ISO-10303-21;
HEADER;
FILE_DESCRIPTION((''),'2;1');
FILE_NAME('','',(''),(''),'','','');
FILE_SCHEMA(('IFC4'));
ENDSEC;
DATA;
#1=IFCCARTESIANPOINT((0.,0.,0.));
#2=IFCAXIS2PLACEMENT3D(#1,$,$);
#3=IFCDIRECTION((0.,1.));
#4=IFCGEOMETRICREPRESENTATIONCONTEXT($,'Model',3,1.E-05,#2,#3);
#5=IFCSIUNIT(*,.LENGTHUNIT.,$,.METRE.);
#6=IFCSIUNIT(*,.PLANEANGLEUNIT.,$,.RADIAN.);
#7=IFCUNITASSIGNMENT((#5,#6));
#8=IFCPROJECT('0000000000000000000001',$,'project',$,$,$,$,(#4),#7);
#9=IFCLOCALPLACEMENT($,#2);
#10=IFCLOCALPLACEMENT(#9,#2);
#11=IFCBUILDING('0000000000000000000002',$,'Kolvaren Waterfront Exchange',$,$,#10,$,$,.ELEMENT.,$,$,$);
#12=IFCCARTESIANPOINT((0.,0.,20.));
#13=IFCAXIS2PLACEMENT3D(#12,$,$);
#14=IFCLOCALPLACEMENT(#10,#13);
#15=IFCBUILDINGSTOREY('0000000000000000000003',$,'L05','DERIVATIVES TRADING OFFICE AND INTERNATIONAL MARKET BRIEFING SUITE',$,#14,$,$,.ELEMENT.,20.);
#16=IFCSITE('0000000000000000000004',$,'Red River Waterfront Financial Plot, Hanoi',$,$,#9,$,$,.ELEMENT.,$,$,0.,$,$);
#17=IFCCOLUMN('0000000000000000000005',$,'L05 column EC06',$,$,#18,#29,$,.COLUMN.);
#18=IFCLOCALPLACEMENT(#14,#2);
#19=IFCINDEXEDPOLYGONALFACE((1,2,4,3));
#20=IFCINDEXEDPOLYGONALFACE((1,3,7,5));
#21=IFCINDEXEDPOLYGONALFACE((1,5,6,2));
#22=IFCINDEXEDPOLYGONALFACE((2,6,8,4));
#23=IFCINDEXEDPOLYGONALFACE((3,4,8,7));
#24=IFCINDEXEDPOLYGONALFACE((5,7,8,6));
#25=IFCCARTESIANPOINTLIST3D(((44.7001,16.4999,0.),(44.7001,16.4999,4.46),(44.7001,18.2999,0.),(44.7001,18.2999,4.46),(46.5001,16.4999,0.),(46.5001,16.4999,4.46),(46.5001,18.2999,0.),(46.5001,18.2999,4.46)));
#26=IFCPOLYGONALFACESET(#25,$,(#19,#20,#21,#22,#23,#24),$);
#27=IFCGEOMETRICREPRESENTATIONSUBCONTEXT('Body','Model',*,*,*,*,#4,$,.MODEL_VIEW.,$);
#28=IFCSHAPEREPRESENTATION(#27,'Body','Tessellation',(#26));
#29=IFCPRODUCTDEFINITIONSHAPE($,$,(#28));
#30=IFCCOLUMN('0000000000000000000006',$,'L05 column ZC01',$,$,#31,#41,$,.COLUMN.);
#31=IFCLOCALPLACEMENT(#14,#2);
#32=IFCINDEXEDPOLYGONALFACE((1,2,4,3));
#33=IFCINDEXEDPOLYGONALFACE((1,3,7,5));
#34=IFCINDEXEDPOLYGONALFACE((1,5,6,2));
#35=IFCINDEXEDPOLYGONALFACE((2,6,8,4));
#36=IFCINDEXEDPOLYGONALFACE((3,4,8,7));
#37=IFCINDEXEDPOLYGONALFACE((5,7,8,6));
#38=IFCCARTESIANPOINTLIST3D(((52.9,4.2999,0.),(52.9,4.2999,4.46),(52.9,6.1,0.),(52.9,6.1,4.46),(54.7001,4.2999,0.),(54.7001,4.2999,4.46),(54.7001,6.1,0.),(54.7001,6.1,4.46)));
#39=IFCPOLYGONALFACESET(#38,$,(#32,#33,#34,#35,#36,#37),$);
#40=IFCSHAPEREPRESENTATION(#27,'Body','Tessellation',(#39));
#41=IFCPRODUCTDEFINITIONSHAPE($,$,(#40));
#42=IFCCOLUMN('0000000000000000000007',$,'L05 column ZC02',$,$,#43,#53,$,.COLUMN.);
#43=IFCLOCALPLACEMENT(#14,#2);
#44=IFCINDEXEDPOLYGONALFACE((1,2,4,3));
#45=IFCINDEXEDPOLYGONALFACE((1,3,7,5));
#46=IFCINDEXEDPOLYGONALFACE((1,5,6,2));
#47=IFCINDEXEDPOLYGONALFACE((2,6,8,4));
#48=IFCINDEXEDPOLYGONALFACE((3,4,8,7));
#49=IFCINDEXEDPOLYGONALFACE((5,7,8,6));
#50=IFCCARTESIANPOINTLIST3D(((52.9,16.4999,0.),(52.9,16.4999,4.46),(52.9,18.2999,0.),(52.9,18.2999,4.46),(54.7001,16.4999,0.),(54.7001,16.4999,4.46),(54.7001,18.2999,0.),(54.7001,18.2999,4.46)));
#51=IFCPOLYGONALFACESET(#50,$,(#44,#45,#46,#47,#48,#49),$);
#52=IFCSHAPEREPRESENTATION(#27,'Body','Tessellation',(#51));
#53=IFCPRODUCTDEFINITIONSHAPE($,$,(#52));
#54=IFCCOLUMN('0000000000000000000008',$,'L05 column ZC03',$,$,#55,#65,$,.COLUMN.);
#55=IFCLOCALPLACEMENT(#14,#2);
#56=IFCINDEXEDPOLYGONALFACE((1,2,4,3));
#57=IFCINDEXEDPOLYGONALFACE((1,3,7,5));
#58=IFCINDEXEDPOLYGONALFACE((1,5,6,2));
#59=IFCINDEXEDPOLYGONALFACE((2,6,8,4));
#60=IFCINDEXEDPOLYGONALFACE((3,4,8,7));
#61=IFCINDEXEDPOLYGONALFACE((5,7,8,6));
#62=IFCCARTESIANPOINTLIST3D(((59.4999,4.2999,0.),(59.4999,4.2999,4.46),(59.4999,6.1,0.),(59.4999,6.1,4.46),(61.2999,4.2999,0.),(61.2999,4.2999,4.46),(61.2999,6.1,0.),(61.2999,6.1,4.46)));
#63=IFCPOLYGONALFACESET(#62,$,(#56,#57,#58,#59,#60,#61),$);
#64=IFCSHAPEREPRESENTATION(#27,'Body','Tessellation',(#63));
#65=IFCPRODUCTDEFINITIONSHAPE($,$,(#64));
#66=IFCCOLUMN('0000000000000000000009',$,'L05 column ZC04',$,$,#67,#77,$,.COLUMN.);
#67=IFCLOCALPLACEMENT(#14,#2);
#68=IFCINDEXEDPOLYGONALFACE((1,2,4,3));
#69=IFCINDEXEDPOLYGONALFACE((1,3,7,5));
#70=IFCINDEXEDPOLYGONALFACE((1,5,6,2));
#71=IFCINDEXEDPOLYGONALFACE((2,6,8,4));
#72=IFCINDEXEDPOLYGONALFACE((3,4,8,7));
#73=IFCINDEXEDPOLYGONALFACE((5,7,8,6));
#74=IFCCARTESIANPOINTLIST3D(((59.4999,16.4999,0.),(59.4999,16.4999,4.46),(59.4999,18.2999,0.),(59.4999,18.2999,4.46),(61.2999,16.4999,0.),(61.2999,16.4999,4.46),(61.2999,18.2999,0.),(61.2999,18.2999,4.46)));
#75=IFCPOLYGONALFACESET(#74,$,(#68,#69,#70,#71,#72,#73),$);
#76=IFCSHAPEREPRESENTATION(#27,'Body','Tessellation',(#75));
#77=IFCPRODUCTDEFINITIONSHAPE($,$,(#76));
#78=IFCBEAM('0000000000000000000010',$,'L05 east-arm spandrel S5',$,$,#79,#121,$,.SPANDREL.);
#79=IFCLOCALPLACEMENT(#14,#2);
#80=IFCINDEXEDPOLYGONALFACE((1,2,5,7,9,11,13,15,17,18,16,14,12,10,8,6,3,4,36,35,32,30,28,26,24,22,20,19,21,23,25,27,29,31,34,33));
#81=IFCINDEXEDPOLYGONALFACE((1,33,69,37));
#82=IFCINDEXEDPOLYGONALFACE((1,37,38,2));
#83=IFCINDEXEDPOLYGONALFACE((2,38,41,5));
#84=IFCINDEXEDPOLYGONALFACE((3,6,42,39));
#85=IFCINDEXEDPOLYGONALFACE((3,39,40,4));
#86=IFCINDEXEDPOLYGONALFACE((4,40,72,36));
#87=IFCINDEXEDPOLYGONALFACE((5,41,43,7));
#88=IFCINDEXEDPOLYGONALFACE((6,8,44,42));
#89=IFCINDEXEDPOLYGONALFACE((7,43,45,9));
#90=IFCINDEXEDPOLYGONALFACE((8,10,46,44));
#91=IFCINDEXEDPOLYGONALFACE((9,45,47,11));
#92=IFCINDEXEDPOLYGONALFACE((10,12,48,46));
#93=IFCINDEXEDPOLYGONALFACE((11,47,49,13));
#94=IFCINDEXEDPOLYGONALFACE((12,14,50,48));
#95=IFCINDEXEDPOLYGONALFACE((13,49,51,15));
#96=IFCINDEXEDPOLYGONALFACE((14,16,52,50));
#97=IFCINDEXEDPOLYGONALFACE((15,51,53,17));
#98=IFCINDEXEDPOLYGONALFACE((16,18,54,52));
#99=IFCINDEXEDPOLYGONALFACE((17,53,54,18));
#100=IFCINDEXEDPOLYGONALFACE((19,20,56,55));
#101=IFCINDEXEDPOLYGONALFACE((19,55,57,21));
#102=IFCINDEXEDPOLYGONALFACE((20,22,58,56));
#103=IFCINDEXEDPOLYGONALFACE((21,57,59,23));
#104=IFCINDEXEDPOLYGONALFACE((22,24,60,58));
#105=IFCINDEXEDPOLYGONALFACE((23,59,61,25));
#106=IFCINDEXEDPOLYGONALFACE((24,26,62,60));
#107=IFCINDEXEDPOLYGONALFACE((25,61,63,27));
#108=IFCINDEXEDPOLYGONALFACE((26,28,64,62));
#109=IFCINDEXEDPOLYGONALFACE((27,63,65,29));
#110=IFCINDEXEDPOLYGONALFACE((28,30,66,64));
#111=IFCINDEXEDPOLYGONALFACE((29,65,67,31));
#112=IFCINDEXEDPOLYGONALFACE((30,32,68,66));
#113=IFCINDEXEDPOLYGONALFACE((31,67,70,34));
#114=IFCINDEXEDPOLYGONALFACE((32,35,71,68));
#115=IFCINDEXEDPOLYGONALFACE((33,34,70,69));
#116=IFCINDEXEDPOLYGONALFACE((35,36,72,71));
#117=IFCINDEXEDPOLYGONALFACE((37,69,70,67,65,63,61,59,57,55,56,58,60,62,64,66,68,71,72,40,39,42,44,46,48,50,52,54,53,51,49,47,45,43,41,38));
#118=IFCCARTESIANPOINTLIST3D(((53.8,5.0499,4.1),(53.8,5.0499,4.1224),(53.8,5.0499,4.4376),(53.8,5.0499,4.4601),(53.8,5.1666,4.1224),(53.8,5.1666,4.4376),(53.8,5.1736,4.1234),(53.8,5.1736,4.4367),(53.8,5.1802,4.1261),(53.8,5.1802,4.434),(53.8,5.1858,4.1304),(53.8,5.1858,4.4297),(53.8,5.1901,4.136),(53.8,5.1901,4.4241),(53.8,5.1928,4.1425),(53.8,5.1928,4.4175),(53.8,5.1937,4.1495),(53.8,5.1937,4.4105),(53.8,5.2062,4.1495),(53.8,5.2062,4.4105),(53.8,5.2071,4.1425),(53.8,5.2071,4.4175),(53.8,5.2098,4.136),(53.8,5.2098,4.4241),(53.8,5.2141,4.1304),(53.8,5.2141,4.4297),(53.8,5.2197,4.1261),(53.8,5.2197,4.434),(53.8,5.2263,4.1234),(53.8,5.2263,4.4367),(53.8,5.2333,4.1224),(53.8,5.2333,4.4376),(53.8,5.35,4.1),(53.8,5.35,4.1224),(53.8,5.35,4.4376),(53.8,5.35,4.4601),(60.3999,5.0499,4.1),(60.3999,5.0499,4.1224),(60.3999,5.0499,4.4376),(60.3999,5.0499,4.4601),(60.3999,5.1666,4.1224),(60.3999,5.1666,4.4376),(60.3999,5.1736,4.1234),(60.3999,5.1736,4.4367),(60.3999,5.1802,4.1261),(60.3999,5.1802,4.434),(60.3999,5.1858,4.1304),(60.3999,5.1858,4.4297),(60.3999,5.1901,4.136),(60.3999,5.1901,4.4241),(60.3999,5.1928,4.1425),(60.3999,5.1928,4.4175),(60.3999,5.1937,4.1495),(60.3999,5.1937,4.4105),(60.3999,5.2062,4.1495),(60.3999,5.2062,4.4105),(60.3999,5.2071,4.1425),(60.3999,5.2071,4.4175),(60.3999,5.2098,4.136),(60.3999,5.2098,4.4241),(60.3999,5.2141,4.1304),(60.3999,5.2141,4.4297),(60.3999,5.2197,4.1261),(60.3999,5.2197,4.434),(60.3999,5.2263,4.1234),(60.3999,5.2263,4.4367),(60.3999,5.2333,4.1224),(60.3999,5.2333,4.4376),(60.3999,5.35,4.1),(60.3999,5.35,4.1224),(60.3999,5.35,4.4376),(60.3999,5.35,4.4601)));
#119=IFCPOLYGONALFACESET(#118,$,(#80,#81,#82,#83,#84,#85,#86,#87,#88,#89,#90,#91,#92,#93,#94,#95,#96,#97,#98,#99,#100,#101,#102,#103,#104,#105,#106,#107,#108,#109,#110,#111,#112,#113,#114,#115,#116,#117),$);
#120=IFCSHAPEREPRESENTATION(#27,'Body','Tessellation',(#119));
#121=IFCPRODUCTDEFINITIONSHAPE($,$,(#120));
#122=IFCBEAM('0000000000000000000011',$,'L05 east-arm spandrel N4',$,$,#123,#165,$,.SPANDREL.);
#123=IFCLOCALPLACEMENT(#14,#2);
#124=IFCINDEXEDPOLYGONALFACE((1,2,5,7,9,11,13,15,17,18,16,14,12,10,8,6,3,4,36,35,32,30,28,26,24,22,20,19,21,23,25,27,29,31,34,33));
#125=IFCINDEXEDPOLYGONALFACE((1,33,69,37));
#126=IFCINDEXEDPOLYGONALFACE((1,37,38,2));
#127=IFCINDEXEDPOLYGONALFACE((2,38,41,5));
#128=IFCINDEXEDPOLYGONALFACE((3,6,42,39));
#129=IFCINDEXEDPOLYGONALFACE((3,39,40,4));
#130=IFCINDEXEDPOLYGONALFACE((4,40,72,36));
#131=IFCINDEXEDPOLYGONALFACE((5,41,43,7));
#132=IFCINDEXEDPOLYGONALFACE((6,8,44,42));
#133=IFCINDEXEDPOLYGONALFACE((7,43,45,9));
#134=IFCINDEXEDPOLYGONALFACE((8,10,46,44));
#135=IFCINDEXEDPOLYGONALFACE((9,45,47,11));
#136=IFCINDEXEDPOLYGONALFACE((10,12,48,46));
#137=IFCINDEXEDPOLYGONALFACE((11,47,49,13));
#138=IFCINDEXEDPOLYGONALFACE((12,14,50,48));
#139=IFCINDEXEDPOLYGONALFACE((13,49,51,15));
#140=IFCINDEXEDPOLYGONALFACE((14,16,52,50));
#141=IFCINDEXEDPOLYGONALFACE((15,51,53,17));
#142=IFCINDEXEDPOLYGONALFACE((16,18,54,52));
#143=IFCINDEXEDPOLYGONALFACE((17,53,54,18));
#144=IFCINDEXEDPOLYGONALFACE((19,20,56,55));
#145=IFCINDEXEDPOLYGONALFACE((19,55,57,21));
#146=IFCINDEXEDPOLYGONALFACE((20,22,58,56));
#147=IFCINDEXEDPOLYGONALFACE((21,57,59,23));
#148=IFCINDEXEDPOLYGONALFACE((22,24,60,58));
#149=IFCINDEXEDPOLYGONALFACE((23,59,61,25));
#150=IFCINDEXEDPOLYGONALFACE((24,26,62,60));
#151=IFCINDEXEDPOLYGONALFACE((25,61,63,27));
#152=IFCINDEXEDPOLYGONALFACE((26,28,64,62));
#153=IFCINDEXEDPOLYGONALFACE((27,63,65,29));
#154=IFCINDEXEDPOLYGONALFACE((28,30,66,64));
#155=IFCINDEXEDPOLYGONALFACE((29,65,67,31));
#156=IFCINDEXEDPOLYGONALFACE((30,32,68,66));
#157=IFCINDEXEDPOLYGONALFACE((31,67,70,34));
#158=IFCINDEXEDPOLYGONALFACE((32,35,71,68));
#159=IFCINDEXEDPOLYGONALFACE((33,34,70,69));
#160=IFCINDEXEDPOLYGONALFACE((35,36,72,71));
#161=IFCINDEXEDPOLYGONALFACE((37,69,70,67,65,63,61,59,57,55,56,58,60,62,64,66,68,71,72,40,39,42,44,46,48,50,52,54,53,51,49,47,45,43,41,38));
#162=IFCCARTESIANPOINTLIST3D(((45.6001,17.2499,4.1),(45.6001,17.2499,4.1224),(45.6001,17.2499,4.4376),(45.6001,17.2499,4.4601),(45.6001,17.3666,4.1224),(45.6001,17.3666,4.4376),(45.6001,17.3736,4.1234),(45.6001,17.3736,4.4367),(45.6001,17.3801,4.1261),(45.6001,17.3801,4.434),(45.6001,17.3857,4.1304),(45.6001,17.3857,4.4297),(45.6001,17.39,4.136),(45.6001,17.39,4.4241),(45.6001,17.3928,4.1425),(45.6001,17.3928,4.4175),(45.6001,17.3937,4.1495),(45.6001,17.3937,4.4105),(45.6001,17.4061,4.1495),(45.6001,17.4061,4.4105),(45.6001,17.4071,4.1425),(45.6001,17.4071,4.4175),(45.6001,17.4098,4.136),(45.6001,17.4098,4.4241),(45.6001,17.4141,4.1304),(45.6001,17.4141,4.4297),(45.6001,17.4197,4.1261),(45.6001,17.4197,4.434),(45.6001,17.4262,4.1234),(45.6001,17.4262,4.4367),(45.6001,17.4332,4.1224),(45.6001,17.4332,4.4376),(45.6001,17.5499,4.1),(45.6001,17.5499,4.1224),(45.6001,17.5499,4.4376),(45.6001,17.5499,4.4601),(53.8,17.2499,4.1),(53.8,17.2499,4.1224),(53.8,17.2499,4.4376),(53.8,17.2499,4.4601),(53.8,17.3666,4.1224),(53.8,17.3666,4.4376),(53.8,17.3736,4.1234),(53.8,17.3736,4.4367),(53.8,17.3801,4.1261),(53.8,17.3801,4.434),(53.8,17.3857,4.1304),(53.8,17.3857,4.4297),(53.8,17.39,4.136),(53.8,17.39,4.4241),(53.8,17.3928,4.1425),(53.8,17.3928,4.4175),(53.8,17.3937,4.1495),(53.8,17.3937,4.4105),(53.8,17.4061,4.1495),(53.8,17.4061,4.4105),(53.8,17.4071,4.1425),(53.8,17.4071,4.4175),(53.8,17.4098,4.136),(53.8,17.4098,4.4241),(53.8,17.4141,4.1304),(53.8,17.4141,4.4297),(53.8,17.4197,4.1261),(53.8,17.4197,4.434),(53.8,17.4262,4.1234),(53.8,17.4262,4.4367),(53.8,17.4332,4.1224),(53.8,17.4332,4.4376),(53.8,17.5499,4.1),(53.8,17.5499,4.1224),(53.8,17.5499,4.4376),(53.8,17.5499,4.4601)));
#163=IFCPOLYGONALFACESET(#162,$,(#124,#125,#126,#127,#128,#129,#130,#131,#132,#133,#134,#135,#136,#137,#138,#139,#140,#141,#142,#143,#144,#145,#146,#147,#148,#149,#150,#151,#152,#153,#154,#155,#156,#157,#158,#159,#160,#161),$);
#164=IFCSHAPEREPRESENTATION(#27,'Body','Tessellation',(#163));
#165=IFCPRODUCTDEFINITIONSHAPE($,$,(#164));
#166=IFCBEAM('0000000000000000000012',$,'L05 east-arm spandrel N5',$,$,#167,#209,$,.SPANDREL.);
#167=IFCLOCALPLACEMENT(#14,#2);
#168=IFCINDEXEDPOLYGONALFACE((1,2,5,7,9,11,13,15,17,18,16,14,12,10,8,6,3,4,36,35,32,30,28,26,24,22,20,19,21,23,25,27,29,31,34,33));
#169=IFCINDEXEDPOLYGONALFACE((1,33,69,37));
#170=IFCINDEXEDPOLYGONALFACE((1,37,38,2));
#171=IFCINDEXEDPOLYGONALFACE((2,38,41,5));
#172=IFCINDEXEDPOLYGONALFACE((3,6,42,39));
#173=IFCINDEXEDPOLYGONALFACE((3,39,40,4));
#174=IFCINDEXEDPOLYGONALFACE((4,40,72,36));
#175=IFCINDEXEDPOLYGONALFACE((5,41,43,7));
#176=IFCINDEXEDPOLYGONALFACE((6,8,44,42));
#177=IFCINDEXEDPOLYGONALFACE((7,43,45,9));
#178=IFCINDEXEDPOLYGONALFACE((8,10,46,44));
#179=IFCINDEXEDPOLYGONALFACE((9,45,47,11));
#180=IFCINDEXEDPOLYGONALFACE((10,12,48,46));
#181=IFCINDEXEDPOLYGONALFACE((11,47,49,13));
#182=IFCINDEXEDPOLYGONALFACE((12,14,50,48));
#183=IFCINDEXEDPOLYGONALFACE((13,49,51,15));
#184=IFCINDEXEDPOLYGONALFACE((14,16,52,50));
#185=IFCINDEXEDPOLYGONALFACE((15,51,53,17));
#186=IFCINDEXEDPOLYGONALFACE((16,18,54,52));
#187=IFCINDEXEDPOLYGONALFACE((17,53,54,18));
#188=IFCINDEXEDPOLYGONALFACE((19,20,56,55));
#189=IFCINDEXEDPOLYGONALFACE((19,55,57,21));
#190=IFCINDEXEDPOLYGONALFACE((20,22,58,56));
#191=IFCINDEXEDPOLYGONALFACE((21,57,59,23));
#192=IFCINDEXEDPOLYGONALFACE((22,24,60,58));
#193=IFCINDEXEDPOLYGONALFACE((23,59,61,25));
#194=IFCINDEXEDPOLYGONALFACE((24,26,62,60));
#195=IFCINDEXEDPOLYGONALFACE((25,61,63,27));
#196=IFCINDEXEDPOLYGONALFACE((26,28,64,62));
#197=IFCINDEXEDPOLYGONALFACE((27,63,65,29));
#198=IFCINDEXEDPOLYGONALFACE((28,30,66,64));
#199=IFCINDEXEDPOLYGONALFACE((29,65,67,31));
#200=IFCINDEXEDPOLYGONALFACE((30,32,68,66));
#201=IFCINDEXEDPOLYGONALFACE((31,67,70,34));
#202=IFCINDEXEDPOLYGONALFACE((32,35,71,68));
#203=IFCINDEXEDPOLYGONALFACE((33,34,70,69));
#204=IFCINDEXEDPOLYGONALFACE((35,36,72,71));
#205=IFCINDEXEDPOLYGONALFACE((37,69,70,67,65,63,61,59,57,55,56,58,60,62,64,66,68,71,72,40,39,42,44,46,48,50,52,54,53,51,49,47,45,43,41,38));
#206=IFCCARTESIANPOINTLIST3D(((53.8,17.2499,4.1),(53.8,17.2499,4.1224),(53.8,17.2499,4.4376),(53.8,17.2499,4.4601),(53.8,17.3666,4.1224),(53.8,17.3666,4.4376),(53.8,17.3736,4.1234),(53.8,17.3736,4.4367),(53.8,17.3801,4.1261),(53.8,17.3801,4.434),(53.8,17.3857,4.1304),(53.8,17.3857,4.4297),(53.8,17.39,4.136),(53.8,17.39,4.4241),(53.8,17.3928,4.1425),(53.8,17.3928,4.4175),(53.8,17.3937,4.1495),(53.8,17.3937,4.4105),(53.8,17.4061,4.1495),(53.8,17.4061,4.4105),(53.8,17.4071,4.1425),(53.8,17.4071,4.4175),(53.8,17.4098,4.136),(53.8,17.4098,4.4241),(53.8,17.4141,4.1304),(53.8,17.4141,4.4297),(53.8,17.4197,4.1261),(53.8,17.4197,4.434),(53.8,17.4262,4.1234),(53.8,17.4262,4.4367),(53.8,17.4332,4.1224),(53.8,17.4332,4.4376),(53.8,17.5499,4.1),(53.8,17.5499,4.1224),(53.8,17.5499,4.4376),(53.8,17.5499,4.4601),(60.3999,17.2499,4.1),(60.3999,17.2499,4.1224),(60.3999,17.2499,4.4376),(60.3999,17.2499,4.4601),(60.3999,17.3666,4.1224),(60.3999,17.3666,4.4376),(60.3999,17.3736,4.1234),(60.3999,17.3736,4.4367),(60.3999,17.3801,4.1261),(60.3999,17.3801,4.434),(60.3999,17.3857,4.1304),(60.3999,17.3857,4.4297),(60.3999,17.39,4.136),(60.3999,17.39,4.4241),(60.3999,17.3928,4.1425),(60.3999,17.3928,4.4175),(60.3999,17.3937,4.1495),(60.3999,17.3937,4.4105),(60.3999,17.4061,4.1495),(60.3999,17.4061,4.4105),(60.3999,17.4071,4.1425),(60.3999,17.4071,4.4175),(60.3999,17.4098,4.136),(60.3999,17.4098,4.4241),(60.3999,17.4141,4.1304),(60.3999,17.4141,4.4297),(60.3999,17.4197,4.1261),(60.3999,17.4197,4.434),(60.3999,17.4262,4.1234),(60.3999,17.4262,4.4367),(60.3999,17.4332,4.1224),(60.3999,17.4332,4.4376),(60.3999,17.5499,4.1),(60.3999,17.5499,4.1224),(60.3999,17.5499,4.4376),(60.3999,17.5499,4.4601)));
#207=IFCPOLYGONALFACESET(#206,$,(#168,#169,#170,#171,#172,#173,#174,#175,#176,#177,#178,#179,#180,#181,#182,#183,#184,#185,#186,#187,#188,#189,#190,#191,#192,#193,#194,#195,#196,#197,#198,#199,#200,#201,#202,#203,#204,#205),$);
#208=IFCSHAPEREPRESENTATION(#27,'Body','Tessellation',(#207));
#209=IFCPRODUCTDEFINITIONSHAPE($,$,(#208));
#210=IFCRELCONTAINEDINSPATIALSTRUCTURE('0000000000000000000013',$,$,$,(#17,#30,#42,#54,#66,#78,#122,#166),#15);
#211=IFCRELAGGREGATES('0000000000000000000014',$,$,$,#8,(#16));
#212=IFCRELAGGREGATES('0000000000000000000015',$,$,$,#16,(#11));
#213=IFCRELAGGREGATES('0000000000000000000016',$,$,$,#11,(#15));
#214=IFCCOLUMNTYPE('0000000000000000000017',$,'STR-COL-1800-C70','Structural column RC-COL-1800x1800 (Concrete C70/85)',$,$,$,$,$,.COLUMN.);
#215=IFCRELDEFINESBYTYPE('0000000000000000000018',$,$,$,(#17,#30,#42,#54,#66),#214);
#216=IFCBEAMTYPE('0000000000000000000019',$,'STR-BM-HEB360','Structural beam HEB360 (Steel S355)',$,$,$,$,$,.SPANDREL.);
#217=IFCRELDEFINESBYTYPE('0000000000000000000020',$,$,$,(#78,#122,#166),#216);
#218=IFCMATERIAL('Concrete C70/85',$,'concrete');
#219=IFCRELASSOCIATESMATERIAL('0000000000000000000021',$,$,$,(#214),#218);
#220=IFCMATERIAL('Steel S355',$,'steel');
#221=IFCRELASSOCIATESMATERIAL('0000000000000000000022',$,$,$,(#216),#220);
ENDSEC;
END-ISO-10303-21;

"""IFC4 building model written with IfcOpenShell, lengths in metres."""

from ifc_helpers import new_model, si_unit, direction, frame, origin, origin_2d, place, context, subcontext, project, spatial, rectangle, i_section, extrude, material, material_profile, profile_set, type_object, element, save


model = new_model("IFC4")

# Units and contexts
model_context = context("Model", 3, precision=1e-05, world=origin(), true_north=direction((0.0, 1.0)))
body_context = subcontext(model_context, "Body", "Model", "MODEL_VIEW")
ifc_project = project(units=[si_unit("LENGTHUNIT", "METRE"), si_unit("PLANEANGLEUNIT", "RADIAN")], contexts=[model_context])

# Site, building, storey
site_placement = place(None, origin())
site = spatial("IfcSite", under=ifc_project, at=site_placement, Name="Red River Waterfront Financial Plot, Hanoi", CompositionType="ELEMENT", RefElevation=0.0)
building_placement = place(site_placement, origin())
building = spatial("IfcBuilding", under=site, at=building_placement, Name="Kolvaren Waterfront Exchange", CompositionType="ELEMENT")
storey_placement = place(building_placement, frame((0.0, 0.0, 20.0)))
storey = spatial("IfcBuildingStorey", under=building, at=storey_placement, Name="L05", Description="DERIVATIVES TRADING OFFICE AND INTERNATIONAL MARKET BRIEFING SUITE", CompositionType="ELEMENT", Elevation=20.0)

# Columns
ifc_material_1 = material(Name="Concrete C70/85", Category="concrete")
ifc_material_profile_1 = material_profile(ifc_material_1, rectangle(XDim=1.8, YDim=1.8, at=origin_2d()), Name="RC-COL-1800x1800")
ifc_profile_set_1 = profile_set([ifc_material_profile_1], Name="Concrete C70/85")
column_type = type_object("IfcColumnType", Name="STR-COL-1800-C70", Description="Structural column RC-COL-1800x1800 (Concrete C70/85)", PredefinedType="COLUMN", material=ifc_profile_set_1)
for number, where, z_axis, x_axis, name in (
    (1, (45.6001, 17.3999, 0.0), (0.0, 0.0, 1.0), (1.0, 0.0, 0.0), "L05 column EC06"),
    (2, (53.8, 5.2, 0.0), (0.0, 0.0, 1.0), (1.0, 0.0, 0.0), "L05 column ZC01"),
    (3, (53.8, 17.3999, 0.0), (0.0, 0.0, 1.0), (1.0, 0.0, 0.0), "L05 column ZC02"),
    (4, (60.3999, 5.2, 0.0), (0.0, 0.0, 1.0), (1.0, 0.0, 0.0), "L05 column ZC03"),
    (5, (60.3999, 17.3999, 0.0), (0.0, 0.0, 1.0), (1.0, 0.0, 0.0), "L05 column ZC04"),
):
    element("IfcColumn", number, at=place(storey_placement, frame(where, z_axis=z_axis, x_axis=x_axis)), inside=storey, type_object=column_type, Name=name, PredefinedType="COLUMN", context=body_context, shape_type="SweptSolid", body=[
        extrude(rectangle(XDim=1.8, YDim=1.8, at=origin_2d()), origin(), (0.0, 0.0, 1.0), 4.46),
    ])

# Beams
ifc_material_2 = material(Name="Steel S355", Category="steel")
ifc_material_profile_2 = material_profile(ifc_material_2, i_section(OverallWidth=0.3, OverallDepth=0.3601, WebThickness=0.0125, FlangeThickness=0.0225, FilletRadius=0.0271, at=origin_2d()), Name="HEB360")
ifc_profile_set_2 = profile_set([ifc_material_profile_2], Name="Steel S355")
beam_type_1 = type_object("IfcBeamType", Name="STR-BM-HEB360", Description="Structural beam HEB360 (Steel S355)", PredefinedType="SPANDREL", material=ifc_profile_set_2)
beam_1_placement = place(storey_placement, frame((53.8, 5.2, 4.28), z_axis=(1.0, 0.0, 0.0), x_axis=(0.0, 1.0, 0.0)))
element("IfcBeam", 6, at=beam_1_placement, inside=storey, type_object=beam_type_1, Name="L05 east-arm spandrel S5", PredefinedType="SPANDREL", context=body_context, shape_type="SweptSolid", body=[
    extrude(i_section(OverallWidth=0.3, OverallDepth=0.3601, WebThickness=0.0125, FlangeThickness=0.0225, FilletRadius=0.0271, at=origin_2d()), origin(), (0.0, 0.0, 1.0), 6.5999),
])
beam_2_placement = place(storey_placement, frame((45.6001, 17.3999, 4.28), z_axis=(1.0, 0.0, 0.0), x_axis=(0.0, 1.0, 0.0)))
element("IfcBeam", 7, at=beam_2_placement, inside=storey, type_object=beam_type_1, Name="L05 east-arm spandrel N4", PredefinedType="SPANDREL", context=body_context, shape_type="SweptSolid", body=[
    extrude(i_section(OverallWidth=0.3, OverallDepth=0.3601, WebThickness=0.0125, FlangeThickness=0.0225, FilletRadius=0.0271, at=origin_2d()), origin(), (0.0, 0.0, 1.0), 8.2),
])
beam_3_placement = place(storey_placement, frame((53.8, 17.3999, 4.28), z_axis=(1.0, 0.0, 0.0), x_axis=(0.0, 1.0, 0.0)))
element("IfcBeam", 8, at=beam_3_placement, inside=storey, type_object=beam_type_1, Name="L05 east-arm spandrel N5", PredefinedType="SPANDREL", context=body_context, shape_type="SweptSolid", body=[
    extrude(i_section(OverallWidth=0.3, OverallDepth=0.3601, WebThickness=0.0125, FlangeThickness=0.0225, FilletRadius=0.0271, at=origin_2d()), origin(), (0.0, 0.0, 1.0), 6.5999),
])

save(model, "model.ifc")
